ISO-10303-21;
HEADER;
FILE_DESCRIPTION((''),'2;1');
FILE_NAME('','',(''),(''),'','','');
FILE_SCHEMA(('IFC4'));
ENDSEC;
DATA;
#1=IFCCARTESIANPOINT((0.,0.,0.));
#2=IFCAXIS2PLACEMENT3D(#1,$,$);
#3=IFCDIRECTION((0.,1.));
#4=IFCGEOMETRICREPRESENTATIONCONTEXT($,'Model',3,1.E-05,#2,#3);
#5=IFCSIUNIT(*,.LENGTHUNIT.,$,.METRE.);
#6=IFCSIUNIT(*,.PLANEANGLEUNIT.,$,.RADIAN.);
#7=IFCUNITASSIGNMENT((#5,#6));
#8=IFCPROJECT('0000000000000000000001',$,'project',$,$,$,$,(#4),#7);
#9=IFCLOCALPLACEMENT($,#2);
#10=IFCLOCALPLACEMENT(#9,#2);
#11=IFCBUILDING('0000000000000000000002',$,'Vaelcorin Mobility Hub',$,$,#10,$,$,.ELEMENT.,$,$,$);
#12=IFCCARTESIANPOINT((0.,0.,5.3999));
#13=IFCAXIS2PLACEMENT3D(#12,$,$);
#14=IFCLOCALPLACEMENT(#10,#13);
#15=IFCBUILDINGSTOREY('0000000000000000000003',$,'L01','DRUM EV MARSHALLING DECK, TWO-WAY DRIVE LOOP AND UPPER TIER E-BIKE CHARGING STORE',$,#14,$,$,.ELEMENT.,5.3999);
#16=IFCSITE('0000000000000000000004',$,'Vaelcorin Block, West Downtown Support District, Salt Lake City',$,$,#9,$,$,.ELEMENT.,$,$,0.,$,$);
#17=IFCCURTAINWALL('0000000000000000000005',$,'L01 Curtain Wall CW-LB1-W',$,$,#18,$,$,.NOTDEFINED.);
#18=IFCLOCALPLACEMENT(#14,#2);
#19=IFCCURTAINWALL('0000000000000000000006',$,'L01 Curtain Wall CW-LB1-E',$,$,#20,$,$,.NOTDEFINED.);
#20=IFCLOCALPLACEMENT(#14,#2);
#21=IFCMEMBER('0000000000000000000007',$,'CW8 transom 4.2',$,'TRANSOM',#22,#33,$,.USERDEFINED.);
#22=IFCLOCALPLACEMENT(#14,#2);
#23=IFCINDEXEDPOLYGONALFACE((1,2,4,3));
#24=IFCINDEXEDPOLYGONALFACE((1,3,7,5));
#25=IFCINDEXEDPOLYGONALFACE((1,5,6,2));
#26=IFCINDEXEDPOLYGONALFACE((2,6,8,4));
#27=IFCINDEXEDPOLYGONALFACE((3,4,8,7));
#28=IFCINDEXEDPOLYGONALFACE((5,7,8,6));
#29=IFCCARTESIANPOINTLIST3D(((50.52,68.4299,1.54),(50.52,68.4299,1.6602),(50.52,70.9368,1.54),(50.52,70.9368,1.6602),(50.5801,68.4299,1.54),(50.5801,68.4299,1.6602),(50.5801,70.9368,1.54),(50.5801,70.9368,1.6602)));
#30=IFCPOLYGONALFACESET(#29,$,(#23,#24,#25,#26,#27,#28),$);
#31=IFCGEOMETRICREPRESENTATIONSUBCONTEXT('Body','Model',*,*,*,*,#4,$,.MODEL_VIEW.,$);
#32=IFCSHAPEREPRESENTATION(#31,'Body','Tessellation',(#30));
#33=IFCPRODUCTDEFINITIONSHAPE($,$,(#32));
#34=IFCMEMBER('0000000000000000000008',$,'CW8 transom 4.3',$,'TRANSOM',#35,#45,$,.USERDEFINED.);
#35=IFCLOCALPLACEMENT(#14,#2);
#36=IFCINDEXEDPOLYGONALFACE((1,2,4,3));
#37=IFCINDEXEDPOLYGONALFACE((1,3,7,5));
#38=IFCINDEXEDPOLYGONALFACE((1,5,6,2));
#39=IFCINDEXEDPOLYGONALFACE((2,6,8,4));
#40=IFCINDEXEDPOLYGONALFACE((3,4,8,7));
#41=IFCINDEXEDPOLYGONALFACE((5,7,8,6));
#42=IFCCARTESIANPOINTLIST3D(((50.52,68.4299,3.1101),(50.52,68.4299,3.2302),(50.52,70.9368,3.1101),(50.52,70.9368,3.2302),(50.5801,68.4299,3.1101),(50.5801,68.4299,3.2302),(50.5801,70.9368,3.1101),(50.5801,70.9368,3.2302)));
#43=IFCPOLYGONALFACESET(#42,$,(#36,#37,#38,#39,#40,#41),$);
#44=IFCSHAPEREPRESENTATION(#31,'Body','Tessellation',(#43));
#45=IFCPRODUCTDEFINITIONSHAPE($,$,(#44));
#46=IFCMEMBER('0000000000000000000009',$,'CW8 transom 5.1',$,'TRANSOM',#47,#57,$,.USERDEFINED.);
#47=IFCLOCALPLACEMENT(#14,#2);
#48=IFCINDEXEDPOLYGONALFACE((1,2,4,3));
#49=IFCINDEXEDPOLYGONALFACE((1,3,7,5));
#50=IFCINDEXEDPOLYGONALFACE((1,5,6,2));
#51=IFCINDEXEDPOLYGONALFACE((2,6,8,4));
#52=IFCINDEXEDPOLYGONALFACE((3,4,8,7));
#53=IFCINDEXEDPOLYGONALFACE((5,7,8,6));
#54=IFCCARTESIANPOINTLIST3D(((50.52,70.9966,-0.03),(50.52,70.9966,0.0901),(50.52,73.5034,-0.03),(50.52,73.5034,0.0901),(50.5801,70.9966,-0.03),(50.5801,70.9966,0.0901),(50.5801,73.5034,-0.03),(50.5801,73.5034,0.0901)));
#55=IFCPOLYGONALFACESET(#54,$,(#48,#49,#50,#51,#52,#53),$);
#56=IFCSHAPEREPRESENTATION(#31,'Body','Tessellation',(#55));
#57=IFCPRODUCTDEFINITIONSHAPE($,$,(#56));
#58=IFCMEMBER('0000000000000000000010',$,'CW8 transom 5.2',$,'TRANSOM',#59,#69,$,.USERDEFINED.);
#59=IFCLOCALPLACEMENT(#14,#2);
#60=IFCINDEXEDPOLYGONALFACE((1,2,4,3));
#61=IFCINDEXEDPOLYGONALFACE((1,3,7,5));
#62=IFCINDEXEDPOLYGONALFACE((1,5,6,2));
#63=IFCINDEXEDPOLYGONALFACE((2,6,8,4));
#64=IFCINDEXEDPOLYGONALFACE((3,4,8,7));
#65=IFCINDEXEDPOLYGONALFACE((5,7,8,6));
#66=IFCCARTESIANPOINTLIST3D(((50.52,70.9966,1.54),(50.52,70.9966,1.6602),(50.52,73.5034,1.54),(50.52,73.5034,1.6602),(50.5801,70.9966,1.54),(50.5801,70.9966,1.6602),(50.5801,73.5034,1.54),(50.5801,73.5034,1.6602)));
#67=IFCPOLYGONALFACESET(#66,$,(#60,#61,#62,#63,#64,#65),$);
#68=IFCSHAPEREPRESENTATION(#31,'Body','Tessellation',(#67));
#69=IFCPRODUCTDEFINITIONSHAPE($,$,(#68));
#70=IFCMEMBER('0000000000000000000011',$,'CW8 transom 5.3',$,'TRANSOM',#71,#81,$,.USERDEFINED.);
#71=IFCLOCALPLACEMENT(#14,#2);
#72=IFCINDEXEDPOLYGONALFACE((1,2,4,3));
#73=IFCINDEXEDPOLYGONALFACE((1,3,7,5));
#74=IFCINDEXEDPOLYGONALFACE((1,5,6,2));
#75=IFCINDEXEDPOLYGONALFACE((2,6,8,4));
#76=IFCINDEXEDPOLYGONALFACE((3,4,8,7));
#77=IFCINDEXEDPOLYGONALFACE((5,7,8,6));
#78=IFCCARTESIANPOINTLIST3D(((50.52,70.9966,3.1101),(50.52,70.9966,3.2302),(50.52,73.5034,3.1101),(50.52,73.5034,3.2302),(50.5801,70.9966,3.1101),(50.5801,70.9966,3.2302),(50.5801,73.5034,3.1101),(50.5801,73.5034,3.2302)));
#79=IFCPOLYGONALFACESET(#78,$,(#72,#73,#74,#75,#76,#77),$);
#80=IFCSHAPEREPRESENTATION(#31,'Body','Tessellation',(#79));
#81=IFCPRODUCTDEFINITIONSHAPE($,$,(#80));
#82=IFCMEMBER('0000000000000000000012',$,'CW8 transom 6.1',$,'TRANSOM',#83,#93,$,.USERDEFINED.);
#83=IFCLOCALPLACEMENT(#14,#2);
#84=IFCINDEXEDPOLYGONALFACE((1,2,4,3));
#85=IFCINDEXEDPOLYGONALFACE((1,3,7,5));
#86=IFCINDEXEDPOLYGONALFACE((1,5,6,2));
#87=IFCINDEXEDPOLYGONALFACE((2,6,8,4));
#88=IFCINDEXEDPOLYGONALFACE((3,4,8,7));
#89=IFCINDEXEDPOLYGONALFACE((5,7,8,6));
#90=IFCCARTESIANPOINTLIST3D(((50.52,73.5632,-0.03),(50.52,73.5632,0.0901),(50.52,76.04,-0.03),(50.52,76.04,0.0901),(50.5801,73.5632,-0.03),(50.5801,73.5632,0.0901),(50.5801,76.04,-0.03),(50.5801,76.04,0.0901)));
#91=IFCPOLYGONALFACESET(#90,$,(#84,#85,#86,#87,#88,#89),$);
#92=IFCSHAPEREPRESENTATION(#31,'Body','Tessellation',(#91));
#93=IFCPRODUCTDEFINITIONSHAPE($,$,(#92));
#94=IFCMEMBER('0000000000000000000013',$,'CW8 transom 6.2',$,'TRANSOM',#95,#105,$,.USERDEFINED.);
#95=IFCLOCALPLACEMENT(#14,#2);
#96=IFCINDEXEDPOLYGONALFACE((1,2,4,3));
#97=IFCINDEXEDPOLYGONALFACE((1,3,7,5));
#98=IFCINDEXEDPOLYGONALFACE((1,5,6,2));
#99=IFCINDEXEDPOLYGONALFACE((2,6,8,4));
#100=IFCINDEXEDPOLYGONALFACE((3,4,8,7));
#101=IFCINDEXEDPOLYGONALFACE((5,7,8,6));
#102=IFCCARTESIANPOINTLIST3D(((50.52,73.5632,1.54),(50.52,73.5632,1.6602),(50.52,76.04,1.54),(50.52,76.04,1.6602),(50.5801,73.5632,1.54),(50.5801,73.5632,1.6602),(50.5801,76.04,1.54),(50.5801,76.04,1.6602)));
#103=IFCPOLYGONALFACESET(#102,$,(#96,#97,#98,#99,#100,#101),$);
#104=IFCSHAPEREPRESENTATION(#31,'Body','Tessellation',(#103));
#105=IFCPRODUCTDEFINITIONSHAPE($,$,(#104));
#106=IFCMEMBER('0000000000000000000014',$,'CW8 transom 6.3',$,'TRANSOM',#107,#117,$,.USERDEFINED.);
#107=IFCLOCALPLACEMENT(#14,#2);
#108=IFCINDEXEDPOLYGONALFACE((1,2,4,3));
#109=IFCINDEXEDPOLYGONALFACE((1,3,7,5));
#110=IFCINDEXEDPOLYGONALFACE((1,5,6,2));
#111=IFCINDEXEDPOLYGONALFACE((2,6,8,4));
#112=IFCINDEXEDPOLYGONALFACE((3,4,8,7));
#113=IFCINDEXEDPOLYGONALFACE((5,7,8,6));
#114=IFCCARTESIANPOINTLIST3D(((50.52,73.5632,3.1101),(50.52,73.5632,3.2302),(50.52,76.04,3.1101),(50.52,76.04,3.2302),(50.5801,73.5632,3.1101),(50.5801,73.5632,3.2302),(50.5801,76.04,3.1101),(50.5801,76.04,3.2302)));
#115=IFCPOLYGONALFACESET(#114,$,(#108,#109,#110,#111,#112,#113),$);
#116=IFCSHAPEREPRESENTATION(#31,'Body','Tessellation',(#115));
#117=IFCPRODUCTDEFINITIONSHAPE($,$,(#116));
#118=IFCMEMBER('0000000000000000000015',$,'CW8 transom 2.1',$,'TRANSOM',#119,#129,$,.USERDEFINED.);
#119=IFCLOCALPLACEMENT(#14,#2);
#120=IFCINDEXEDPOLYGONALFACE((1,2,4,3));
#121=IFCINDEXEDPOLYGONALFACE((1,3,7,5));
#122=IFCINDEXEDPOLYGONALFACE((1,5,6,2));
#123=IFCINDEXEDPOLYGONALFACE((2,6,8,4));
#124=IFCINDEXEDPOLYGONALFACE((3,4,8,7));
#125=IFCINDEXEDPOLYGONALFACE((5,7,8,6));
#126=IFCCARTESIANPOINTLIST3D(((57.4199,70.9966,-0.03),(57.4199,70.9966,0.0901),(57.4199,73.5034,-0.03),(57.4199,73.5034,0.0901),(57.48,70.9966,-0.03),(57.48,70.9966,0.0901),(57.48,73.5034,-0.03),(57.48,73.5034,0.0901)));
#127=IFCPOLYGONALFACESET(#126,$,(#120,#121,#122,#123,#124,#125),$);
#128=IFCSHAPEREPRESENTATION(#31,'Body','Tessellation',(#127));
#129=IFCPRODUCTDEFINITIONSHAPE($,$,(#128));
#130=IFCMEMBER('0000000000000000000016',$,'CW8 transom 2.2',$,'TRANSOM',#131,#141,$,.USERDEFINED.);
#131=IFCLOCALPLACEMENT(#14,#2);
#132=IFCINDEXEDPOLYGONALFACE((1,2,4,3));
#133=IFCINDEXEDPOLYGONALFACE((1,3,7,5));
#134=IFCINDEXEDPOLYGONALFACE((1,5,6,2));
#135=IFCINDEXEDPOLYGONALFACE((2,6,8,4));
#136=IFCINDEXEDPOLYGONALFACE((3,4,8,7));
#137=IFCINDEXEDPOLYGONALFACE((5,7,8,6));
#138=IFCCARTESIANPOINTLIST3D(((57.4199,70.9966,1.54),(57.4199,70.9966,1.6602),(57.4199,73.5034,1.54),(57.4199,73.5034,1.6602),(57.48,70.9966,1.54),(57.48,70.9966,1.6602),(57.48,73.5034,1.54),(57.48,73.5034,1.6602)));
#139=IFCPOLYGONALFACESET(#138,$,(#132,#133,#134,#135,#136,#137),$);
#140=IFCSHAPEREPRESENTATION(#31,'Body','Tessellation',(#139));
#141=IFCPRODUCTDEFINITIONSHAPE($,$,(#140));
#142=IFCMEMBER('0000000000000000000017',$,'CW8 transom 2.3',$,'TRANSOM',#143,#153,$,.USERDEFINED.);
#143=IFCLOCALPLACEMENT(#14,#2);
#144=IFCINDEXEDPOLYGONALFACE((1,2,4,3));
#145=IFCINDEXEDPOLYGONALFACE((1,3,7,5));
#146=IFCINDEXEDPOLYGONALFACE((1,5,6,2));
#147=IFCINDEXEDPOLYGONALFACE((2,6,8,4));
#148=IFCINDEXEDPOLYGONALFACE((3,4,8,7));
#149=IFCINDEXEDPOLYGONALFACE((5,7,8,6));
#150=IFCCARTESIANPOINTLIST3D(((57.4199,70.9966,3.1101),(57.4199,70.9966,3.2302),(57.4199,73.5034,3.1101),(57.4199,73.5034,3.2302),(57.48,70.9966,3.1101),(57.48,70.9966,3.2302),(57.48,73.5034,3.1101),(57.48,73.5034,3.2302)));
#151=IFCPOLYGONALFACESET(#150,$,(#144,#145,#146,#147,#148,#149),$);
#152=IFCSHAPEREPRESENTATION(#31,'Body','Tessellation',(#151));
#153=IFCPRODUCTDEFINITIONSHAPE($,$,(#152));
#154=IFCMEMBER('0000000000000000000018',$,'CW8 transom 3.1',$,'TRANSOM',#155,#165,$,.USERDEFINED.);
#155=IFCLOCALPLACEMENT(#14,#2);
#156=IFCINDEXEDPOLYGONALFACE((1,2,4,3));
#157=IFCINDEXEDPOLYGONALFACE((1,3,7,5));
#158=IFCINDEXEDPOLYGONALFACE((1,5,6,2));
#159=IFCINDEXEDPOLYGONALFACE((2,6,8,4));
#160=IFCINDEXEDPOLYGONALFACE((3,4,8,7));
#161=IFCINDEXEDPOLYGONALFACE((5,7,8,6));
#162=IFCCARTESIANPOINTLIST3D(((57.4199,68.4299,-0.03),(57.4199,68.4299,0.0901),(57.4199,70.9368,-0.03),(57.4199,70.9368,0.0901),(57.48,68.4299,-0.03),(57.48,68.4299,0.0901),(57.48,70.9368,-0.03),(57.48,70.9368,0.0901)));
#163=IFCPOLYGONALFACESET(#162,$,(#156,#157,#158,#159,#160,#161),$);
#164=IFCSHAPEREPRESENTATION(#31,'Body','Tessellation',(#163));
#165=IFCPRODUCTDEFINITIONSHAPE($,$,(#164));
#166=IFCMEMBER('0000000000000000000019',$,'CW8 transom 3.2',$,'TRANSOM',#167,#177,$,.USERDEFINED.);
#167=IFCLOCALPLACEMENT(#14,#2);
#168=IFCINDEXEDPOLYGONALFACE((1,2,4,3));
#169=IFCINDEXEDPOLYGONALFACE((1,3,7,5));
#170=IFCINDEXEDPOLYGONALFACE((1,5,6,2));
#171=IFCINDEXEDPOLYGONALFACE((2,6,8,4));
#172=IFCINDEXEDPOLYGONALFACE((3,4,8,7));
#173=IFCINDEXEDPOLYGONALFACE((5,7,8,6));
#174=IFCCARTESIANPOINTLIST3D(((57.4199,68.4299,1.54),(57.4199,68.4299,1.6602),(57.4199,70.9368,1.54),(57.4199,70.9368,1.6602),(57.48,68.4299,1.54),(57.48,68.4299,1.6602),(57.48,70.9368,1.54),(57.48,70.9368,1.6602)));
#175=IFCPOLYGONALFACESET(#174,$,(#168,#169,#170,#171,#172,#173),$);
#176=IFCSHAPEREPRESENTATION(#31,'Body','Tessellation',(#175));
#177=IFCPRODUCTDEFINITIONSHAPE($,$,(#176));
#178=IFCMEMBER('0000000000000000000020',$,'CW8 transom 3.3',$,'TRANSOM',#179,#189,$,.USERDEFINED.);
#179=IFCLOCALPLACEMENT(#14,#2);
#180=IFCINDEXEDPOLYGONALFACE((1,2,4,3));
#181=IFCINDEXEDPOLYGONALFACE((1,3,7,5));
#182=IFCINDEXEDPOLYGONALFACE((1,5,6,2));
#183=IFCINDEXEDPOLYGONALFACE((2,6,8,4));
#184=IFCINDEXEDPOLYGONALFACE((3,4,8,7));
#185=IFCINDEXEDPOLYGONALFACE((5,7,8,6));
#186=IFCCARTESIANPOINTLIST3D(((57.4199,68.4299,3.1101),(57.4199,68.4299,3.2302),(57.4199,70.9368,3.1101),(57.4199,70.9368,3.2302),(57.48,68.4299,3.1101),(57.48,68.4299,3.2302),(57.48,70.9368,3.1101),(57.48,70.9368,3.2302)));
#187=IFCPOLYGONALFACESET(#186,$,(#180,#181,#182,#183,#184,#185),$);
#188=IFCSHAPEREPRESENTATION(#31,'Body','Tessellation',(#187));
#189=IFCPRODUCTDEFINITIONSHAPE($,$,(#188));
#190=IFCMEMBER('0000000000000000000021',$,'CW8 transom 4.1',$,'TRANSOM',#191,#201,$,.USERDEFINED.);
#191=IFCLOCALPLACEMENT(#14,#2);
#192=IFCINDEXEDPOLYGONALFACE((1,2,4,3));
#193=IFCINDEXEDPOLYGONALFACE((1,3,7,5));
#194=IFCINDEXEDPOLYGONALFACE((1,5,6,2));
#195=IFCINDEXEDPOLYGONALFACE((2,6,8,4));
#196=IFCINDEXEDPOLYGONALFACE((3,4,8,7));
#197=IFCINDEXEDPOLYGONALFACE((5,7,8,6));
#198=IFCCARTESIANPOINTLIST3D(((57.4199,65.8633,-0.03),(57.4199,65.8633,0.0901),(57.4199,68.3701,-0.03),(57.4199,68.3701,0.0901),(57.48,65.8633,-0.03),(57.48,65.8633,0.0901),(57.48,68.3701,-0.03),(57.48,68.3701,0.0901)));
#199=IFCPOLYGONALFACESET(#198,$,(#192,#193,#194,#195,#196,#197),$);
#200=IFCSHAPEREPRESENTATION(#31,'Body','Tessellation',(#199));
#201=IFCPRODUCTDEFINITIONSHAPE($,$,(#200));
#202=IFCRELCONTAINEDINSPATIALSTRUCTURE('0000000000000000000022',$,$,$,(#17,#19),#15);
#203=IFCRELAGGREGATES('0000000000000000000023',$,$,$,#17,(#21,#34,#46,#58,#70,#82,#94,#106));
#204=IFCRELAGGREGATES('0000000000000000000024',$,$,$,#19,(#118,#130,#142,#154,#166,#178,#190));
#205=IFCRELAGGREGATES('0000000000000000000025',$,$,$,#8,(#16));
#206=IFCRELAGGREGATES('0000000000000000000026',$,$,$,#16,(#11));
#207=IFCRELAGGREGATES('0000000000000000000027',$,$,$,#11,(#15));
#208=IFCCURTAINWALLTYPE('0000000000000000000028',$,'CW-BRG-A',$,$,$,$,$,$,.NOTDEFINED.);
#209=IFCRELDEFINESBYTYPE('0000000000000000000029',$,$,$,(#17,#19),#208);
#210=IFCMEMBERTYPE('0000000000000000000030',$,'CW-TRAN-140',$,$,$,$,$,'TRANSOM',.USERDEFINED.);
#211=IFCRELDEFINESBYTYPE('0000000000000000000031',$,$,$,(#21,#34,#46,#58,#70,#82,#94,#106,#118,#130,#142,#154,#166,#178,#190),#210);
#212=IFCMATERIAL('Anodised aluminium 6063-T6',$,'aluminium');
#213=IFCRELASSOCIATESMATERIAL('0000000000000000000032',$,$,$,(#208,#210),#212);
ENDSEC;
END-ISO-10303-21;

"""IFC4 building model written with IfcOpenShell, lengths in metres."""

from ifc_helpers import new_model, si_unit, direction, frame, origin, origin_2d, place, context, subcontext, project, spatial, rectangle, extrude, material, material_profile, profile_set, type_object, element, aggregate, save


model = new_model("IFC4")

# Units and contexts
model_context = context("Model", 3, precision=1e-05, world=origin(), true_north=direction((0.0, 1.0)))
body_context = subcontext(model_context, "Body", "Model", "MODEL_VIEW")
ifc_project = project(units=[si_unit("LENGTHUNIT", "METRE"), si_unit("PLANEANGLEUNIT", "RADIAN")], contexts=[model_context])

# Site, building, storey
site_placement = place(None, origin())
site = spatial("IfcSite", under=ifc_project, at=site_placement, Name="Vaelcorin Block, West Downtown Support District, Salt Lake City", CompositionType="ELEMENT", RefElevation=0.0)
building_placement = place(site_placement, origin())
building = spatial("IfcBuilding", under=site, at=building_placement, Name="Vaelcorin Mobility Hub", CompositionType="ELEMENT")
storey_placement = place(building_placement, frame((0.0, 0.0, 5.3999)))
storey = spatial("IfcBuildingStorey", under=building, at=storey_placement, Name="L01", Description="DRUM EV MARSHALLING DECK, TWO-WAY DRIVE LOOP AND UPPER TIER E-BIKE CHARGING STORE", CompositionType="ELEMENT", Elevation=5.3999)

# Curtain walls
ifc_material_1 = material(Name="Anodised aluminium 6063-T6", Category="aluminium")
curtain_wall_type = type_object("IfcCurtainWallType", Name="CW-BRG-A", PredefinedType="NOTDEFINED", material=ifc_material_1)
curtain_wall_1_placement = place(storey_placement, origin())
curtain_wall_1 = element("IfcCurtainWall", 1, at=curtain_wall_1_placement, inside=storey, type_object=curtain_wall_type, Name="L01 Curtain Wall CW-LB1-W", PredefinedType="NOTDEFINED")
curtain_wall_2_placement = place(storey_placement, origin())
curtain_wall_2 = element("IfcCurtainWall", 2, at=curtain_wall_2_placement, inside=storey, type_object=curtain_wall_type, Name="L01 Curtain Wall CW-LB1-E", PredefinedType="NOTDEFINED")

# Members
ifc_material_profile_1 = material_profile(ifc_material_1, rectangle(XDim=0.0601, YDim=0.1201, at=origin_2d()), Name="ALU-T60X120")
ifc_profile_set_1 = profile_set([ifc_material_profile_1], Name="Anodised aluminium 6063-T6")
member_type_1 = type_object("IfcMemberType", Name="CW-TRAN-140", ElementType="TRANSOM", PredefinedType="USERDEFINED", material=ifc_profile_set_1)
member_1_placement = place(storey_placement, frame((50.55, 68.4299, 1.6001), z_axis=(0.0, 1.0, 0.0), x_axis=(-1.0, 0.0, 0.0)))
member_1 = element("IfcMember", 3, at=member_1_placement, type_object=member_type_1, Name="CW8 transom 4.2", ObjectType="TRANSOM", PredefinedType="USERDEFINED", context=body_context, shape_type="SweptSolid", body=[
    extrude(rectangle(XDim=0.0601, YDim=0.1201, at=origin_2d()), origin(), (0.0, 0.0, 1.0), 2.5068),
])
member_2_placement = place(storey_placement, frame((50.55, 68.4299, 3.1702), z_axis=(0.0, 1.0, 0.0), x_axis=(-1.0, 0.0, 0.0)))
member_2 = element("IfcMember", 4, at=member_2_placement, type_object=member_type_1, Name="CW8 transom 4.3", ObjectType="TRANSOM", PredefinedType="USERDEFINED", context=body_context, shape_type="SweptSolid", body=[
    extrude(rectangle(XDim=0.0601, YDim=0.1201, at=origin_2d()), origin(), (0.0, 0.0, 1.0), 2.5068),
])
member_3_placement = place(storey_placement, frame((50.55, 70.9966, 0.03), z_axis=(0.0, 1.0, 0.0), x_axis=(-1.0, 0.0, 0.0)))
member_3 = element("IfcMember", 5, at=member_3_placement, type_object=member_type_1, Name="CW8 transom 5.1", ObjectType="TRANSOM", PredefinedType="USERDEFINED", context=body_context, shape_type="SweptSolid", body=[
    extrude(rectangle(XDim=0.0601, YDim=0.1201, at=origin_2d()), origin(), (0.0, 0.0, 1.0), 2.5068),
])
member_4_placement = place(storey_placement, frame((50.55, 70.9966, 1.6001), z_axis=(0.0, 1.0, 0.0), x_axis=(-1.0, 0.0, 0.0)))
member_4 = element("IfcMember", 6, at=member_4_placement, type_object=member_type_1, Name="CW8 transom 5.2", ObjectType="TRANSOM", PredefinedType="USERDEFINED", context=body_context, shape_type="SweptSolid", body=[
    extrude(rectangle(XDim=0.0601, YDim=0.1201, at=origin_2d()), origin(), (0.0, 0.0, 1.0), 2.5068),
])
member_5_placement = place(storey_placement, frame((50.55, 70.9966, 3.1702), z_axis=(0.0, 1.0, 0.0), x_axis=(-1.0, 0.0, 0.0)))
member_5 = element("IfcMember", 7, at=member_5_placement, type_object=member_type_1, Name="CW8 transom 5.3", ObjectType="TRANSOM", PredefinedType="USERDEFINED", context=body_context, shape_type="SweptSolid", body=[
    extrude(rectangle(XDim=0.0601, YDim=0.1201, at=origin_2d()), origin(), (0.0, 0.0, 1.0), 2.5068),
])
member_6_placement = place(storey_placement, frame((50.55, 73.5632, 0.03), z_axis=(0.0, 1.0, 0.0), x_axis=(-1.0, 0.0, 0.0)))
member_6 = element("IfcMember", 8, at=member_6_placement, type_object=member_type_1, Name="CW8 transom 6.1", ObjectType="TRANSOM", PredefinedType="USERDEFINED", context=body_context, shape_type="SweptSolid", body=[
    extrude(rectangle(XDim=0.0601, YDim=0.1201, at=origin_2d()), origin(), (0.0, 0.0, 1.0), 2.4768),
])
member_7_placement = place(storey_placement, frame((50.55, 73.5632, 1.6001), z_axis=(0.0, 1.0, 0.0), x_axis=(-1.0, 0.0, 0.0)))
member_7 = element("IfcMember", 9, at=member_7_placement, type_object=member_type_1, Name="CW8 transom 6.2", ObjectType="TRANSOM", PredefinedType="USERDEFINED", context=body_context, shape_type="SweptSolid", body=[
    extrude(rectangle(XDim=0.0601, YDim=0.1201, at=origin_2d()), origin(), (0.0, 0.0, 1.0), 2.4768),
])
member_8_placement = place(storey_placement, frame((50.55, 73.5632, 3.1702), z_axis=(0.0, 1.0, 0.0), x_axis=(-1.0, 0.0, 0.0)))
member_8 = element("IfcMember", 10, at=member_8_placement, type_object=member_type_1, Name="CW8 transom 6.3", ObjectType="TRANSOM", PredefinedType="USERDEFINED", context=body_context, shape_type="SweptSolid", body=[
    extrude(rectangle(XDim=0.0601, YDim=0.1201, at=origin_2d()), origin(), (0.0, 0.0, 1.0), 2.4768),
])
member_9_placement = place(storey_placement, frame((57.45, 73.5034, 0.03), z_axis=(0.0, -1.0, 0.0), x_axis=(1.0, 0.0, 0.0)))
member_9 = element("IfcMember", 11, at=member_9_placement, type_object=member_type_1, Name="CW8 transom 2.1", ObjectType="TRANSOM", PredefinedType="USERDEFINED", context=body_context, shape_type="SweptSolid", body=[
    extrude(rectangle(XDim=0.0601, YDim=0.1201, at=origin_2d()), origin(), (0.0, 0.0, 1.0), 2.5068),
])
member_10_placement = place(storey_placement, frame((57.45, 73.5034, 1.6001), z_axis=(0.0, -1.0, 0.0), x_axis=(1.0, 0.0, 0.0)))
member_10 = element("IfcMember", 12, at=member_10_placement, type_object=member_type_1, Name="CW8 transom 2.2", ObjectType="TRANSOM", PredefinedType="USERDEFINED", context=body_context, shape_type="SweptSolid", body=[
    extrude(rectangle(XDim=0.0601, YDim=0.1201, at=origin_2d()), origin(), (0.0, 0.0, 1.0), 2.5068),
])
member_11_placement = place(storey_placement, frame((57.45, 73.5034, 3.1702), z_axis=(0.0, -1.0, 0.0), x_axis=(1.0, 0.0, 0.0)))
member_11 = element("IfcMember", 13, at=member_11_placement, type_object=member_type_1, Name="CW8 transom 2.3", ObjectType="TRANSOM", PredefinedType="USERDEFINED", context=body_context, shape_type="SweptSolid", body=[
    extrude(rectangle(XDim=0.0601, YDim=0.1201, at=origin_2d()), origin(), (0.0, 0.0, 1.0), 2.5068),
])
member_12_placement = place(storey_placement, frame((57.45, 70.9368, 0.03), z_axis=(0.0, -1.0, 0.0), x_axis=(1.0, 0.0, 0.0)))
member_12 = element("IfcMember", 14, at=member_12_placement, type_object=member_type_1, Name="CW8 transom 3.1", ObjectType="TRANSOM", PredefinedType="USERDEFINED", context=body_context, shape_type="SweptSolid", body=[
    extrude(rectangle(XDim=0.0601, YDim=0.1201, at=origin_2d()), origin(), (0.0, 0.0, 1.0), 2.5068),
])
member_13_placement = place(storey_placement, frame((57.45, 70.9368, 1.6001), z_axis=(0.0, -1.0, 0.0), x_axis=(1.0, 0.0, 0.0)))
member_13 = element("IfcMember", 15, at=member_13_placement, type_object=member_type_1, Name="CW8 transom 3.2", ObjectType="TRANSOM", PredefinedType="USERDEFINED", context=body_context, shape_type="SweptSolid", body=[
    extrude(rectangle(XDim=0.0601, YDim=0.1201, at=origin_2d()), origin(), (0.0, 0.0, 1.0), 2.5068),
])
member_14_placement = place(storey_placement, frame((57.45, 70.9368, 3.1702), z_axis=(0.0, -1.0, 0.0), x_axis=(1.0, 0.0, 0.0)))
member_14 = element("IfcMember", 16, at=member_14_placement, type_object=member_type_1, Name="CW8 transom 3.3", ObjectType="TRANSOM", PredefinedType="USERDEFINED", context=body_context, shape_type="SweptSolid", body=[
    extrude(rectangle(XDim=0.0601, YDim=0.1201, at=origin_2d()), origin(), (0.0, 0.0, 1.0), 2.5068),
])
member_15_placement = place(storey_placement, frame((57.45, 68.3701, 0.03), z_axis=(0.0, -1.0, 0.0), x_axis=(1.0, 0.0, 0.0)))
member_15 = element("IfcMember", 17, at=member_15_placement, type_object=member_type_1, Name="CW8 transom 4.1", ObjectType="TRANSOM", PredefinedType="USERDEFINED", context=body_context, shape_type="SweptSolid", body=[
    extrude(rectangle(XDim=0.0601, YDim=0.1201, at=origin_2d()), origin(), (0.0, 0.0, 1.0), 2.5068),
])

aggregate(curtain_wall_1, [member_1, member_2, member_3, member_4, member_5, member_6, member_7, member_8])
aggregate(curtain_wall_2, [member_9, member_10, member_11, member_12, member_13, member_14, member_15])

save(model, "model.ifc")
